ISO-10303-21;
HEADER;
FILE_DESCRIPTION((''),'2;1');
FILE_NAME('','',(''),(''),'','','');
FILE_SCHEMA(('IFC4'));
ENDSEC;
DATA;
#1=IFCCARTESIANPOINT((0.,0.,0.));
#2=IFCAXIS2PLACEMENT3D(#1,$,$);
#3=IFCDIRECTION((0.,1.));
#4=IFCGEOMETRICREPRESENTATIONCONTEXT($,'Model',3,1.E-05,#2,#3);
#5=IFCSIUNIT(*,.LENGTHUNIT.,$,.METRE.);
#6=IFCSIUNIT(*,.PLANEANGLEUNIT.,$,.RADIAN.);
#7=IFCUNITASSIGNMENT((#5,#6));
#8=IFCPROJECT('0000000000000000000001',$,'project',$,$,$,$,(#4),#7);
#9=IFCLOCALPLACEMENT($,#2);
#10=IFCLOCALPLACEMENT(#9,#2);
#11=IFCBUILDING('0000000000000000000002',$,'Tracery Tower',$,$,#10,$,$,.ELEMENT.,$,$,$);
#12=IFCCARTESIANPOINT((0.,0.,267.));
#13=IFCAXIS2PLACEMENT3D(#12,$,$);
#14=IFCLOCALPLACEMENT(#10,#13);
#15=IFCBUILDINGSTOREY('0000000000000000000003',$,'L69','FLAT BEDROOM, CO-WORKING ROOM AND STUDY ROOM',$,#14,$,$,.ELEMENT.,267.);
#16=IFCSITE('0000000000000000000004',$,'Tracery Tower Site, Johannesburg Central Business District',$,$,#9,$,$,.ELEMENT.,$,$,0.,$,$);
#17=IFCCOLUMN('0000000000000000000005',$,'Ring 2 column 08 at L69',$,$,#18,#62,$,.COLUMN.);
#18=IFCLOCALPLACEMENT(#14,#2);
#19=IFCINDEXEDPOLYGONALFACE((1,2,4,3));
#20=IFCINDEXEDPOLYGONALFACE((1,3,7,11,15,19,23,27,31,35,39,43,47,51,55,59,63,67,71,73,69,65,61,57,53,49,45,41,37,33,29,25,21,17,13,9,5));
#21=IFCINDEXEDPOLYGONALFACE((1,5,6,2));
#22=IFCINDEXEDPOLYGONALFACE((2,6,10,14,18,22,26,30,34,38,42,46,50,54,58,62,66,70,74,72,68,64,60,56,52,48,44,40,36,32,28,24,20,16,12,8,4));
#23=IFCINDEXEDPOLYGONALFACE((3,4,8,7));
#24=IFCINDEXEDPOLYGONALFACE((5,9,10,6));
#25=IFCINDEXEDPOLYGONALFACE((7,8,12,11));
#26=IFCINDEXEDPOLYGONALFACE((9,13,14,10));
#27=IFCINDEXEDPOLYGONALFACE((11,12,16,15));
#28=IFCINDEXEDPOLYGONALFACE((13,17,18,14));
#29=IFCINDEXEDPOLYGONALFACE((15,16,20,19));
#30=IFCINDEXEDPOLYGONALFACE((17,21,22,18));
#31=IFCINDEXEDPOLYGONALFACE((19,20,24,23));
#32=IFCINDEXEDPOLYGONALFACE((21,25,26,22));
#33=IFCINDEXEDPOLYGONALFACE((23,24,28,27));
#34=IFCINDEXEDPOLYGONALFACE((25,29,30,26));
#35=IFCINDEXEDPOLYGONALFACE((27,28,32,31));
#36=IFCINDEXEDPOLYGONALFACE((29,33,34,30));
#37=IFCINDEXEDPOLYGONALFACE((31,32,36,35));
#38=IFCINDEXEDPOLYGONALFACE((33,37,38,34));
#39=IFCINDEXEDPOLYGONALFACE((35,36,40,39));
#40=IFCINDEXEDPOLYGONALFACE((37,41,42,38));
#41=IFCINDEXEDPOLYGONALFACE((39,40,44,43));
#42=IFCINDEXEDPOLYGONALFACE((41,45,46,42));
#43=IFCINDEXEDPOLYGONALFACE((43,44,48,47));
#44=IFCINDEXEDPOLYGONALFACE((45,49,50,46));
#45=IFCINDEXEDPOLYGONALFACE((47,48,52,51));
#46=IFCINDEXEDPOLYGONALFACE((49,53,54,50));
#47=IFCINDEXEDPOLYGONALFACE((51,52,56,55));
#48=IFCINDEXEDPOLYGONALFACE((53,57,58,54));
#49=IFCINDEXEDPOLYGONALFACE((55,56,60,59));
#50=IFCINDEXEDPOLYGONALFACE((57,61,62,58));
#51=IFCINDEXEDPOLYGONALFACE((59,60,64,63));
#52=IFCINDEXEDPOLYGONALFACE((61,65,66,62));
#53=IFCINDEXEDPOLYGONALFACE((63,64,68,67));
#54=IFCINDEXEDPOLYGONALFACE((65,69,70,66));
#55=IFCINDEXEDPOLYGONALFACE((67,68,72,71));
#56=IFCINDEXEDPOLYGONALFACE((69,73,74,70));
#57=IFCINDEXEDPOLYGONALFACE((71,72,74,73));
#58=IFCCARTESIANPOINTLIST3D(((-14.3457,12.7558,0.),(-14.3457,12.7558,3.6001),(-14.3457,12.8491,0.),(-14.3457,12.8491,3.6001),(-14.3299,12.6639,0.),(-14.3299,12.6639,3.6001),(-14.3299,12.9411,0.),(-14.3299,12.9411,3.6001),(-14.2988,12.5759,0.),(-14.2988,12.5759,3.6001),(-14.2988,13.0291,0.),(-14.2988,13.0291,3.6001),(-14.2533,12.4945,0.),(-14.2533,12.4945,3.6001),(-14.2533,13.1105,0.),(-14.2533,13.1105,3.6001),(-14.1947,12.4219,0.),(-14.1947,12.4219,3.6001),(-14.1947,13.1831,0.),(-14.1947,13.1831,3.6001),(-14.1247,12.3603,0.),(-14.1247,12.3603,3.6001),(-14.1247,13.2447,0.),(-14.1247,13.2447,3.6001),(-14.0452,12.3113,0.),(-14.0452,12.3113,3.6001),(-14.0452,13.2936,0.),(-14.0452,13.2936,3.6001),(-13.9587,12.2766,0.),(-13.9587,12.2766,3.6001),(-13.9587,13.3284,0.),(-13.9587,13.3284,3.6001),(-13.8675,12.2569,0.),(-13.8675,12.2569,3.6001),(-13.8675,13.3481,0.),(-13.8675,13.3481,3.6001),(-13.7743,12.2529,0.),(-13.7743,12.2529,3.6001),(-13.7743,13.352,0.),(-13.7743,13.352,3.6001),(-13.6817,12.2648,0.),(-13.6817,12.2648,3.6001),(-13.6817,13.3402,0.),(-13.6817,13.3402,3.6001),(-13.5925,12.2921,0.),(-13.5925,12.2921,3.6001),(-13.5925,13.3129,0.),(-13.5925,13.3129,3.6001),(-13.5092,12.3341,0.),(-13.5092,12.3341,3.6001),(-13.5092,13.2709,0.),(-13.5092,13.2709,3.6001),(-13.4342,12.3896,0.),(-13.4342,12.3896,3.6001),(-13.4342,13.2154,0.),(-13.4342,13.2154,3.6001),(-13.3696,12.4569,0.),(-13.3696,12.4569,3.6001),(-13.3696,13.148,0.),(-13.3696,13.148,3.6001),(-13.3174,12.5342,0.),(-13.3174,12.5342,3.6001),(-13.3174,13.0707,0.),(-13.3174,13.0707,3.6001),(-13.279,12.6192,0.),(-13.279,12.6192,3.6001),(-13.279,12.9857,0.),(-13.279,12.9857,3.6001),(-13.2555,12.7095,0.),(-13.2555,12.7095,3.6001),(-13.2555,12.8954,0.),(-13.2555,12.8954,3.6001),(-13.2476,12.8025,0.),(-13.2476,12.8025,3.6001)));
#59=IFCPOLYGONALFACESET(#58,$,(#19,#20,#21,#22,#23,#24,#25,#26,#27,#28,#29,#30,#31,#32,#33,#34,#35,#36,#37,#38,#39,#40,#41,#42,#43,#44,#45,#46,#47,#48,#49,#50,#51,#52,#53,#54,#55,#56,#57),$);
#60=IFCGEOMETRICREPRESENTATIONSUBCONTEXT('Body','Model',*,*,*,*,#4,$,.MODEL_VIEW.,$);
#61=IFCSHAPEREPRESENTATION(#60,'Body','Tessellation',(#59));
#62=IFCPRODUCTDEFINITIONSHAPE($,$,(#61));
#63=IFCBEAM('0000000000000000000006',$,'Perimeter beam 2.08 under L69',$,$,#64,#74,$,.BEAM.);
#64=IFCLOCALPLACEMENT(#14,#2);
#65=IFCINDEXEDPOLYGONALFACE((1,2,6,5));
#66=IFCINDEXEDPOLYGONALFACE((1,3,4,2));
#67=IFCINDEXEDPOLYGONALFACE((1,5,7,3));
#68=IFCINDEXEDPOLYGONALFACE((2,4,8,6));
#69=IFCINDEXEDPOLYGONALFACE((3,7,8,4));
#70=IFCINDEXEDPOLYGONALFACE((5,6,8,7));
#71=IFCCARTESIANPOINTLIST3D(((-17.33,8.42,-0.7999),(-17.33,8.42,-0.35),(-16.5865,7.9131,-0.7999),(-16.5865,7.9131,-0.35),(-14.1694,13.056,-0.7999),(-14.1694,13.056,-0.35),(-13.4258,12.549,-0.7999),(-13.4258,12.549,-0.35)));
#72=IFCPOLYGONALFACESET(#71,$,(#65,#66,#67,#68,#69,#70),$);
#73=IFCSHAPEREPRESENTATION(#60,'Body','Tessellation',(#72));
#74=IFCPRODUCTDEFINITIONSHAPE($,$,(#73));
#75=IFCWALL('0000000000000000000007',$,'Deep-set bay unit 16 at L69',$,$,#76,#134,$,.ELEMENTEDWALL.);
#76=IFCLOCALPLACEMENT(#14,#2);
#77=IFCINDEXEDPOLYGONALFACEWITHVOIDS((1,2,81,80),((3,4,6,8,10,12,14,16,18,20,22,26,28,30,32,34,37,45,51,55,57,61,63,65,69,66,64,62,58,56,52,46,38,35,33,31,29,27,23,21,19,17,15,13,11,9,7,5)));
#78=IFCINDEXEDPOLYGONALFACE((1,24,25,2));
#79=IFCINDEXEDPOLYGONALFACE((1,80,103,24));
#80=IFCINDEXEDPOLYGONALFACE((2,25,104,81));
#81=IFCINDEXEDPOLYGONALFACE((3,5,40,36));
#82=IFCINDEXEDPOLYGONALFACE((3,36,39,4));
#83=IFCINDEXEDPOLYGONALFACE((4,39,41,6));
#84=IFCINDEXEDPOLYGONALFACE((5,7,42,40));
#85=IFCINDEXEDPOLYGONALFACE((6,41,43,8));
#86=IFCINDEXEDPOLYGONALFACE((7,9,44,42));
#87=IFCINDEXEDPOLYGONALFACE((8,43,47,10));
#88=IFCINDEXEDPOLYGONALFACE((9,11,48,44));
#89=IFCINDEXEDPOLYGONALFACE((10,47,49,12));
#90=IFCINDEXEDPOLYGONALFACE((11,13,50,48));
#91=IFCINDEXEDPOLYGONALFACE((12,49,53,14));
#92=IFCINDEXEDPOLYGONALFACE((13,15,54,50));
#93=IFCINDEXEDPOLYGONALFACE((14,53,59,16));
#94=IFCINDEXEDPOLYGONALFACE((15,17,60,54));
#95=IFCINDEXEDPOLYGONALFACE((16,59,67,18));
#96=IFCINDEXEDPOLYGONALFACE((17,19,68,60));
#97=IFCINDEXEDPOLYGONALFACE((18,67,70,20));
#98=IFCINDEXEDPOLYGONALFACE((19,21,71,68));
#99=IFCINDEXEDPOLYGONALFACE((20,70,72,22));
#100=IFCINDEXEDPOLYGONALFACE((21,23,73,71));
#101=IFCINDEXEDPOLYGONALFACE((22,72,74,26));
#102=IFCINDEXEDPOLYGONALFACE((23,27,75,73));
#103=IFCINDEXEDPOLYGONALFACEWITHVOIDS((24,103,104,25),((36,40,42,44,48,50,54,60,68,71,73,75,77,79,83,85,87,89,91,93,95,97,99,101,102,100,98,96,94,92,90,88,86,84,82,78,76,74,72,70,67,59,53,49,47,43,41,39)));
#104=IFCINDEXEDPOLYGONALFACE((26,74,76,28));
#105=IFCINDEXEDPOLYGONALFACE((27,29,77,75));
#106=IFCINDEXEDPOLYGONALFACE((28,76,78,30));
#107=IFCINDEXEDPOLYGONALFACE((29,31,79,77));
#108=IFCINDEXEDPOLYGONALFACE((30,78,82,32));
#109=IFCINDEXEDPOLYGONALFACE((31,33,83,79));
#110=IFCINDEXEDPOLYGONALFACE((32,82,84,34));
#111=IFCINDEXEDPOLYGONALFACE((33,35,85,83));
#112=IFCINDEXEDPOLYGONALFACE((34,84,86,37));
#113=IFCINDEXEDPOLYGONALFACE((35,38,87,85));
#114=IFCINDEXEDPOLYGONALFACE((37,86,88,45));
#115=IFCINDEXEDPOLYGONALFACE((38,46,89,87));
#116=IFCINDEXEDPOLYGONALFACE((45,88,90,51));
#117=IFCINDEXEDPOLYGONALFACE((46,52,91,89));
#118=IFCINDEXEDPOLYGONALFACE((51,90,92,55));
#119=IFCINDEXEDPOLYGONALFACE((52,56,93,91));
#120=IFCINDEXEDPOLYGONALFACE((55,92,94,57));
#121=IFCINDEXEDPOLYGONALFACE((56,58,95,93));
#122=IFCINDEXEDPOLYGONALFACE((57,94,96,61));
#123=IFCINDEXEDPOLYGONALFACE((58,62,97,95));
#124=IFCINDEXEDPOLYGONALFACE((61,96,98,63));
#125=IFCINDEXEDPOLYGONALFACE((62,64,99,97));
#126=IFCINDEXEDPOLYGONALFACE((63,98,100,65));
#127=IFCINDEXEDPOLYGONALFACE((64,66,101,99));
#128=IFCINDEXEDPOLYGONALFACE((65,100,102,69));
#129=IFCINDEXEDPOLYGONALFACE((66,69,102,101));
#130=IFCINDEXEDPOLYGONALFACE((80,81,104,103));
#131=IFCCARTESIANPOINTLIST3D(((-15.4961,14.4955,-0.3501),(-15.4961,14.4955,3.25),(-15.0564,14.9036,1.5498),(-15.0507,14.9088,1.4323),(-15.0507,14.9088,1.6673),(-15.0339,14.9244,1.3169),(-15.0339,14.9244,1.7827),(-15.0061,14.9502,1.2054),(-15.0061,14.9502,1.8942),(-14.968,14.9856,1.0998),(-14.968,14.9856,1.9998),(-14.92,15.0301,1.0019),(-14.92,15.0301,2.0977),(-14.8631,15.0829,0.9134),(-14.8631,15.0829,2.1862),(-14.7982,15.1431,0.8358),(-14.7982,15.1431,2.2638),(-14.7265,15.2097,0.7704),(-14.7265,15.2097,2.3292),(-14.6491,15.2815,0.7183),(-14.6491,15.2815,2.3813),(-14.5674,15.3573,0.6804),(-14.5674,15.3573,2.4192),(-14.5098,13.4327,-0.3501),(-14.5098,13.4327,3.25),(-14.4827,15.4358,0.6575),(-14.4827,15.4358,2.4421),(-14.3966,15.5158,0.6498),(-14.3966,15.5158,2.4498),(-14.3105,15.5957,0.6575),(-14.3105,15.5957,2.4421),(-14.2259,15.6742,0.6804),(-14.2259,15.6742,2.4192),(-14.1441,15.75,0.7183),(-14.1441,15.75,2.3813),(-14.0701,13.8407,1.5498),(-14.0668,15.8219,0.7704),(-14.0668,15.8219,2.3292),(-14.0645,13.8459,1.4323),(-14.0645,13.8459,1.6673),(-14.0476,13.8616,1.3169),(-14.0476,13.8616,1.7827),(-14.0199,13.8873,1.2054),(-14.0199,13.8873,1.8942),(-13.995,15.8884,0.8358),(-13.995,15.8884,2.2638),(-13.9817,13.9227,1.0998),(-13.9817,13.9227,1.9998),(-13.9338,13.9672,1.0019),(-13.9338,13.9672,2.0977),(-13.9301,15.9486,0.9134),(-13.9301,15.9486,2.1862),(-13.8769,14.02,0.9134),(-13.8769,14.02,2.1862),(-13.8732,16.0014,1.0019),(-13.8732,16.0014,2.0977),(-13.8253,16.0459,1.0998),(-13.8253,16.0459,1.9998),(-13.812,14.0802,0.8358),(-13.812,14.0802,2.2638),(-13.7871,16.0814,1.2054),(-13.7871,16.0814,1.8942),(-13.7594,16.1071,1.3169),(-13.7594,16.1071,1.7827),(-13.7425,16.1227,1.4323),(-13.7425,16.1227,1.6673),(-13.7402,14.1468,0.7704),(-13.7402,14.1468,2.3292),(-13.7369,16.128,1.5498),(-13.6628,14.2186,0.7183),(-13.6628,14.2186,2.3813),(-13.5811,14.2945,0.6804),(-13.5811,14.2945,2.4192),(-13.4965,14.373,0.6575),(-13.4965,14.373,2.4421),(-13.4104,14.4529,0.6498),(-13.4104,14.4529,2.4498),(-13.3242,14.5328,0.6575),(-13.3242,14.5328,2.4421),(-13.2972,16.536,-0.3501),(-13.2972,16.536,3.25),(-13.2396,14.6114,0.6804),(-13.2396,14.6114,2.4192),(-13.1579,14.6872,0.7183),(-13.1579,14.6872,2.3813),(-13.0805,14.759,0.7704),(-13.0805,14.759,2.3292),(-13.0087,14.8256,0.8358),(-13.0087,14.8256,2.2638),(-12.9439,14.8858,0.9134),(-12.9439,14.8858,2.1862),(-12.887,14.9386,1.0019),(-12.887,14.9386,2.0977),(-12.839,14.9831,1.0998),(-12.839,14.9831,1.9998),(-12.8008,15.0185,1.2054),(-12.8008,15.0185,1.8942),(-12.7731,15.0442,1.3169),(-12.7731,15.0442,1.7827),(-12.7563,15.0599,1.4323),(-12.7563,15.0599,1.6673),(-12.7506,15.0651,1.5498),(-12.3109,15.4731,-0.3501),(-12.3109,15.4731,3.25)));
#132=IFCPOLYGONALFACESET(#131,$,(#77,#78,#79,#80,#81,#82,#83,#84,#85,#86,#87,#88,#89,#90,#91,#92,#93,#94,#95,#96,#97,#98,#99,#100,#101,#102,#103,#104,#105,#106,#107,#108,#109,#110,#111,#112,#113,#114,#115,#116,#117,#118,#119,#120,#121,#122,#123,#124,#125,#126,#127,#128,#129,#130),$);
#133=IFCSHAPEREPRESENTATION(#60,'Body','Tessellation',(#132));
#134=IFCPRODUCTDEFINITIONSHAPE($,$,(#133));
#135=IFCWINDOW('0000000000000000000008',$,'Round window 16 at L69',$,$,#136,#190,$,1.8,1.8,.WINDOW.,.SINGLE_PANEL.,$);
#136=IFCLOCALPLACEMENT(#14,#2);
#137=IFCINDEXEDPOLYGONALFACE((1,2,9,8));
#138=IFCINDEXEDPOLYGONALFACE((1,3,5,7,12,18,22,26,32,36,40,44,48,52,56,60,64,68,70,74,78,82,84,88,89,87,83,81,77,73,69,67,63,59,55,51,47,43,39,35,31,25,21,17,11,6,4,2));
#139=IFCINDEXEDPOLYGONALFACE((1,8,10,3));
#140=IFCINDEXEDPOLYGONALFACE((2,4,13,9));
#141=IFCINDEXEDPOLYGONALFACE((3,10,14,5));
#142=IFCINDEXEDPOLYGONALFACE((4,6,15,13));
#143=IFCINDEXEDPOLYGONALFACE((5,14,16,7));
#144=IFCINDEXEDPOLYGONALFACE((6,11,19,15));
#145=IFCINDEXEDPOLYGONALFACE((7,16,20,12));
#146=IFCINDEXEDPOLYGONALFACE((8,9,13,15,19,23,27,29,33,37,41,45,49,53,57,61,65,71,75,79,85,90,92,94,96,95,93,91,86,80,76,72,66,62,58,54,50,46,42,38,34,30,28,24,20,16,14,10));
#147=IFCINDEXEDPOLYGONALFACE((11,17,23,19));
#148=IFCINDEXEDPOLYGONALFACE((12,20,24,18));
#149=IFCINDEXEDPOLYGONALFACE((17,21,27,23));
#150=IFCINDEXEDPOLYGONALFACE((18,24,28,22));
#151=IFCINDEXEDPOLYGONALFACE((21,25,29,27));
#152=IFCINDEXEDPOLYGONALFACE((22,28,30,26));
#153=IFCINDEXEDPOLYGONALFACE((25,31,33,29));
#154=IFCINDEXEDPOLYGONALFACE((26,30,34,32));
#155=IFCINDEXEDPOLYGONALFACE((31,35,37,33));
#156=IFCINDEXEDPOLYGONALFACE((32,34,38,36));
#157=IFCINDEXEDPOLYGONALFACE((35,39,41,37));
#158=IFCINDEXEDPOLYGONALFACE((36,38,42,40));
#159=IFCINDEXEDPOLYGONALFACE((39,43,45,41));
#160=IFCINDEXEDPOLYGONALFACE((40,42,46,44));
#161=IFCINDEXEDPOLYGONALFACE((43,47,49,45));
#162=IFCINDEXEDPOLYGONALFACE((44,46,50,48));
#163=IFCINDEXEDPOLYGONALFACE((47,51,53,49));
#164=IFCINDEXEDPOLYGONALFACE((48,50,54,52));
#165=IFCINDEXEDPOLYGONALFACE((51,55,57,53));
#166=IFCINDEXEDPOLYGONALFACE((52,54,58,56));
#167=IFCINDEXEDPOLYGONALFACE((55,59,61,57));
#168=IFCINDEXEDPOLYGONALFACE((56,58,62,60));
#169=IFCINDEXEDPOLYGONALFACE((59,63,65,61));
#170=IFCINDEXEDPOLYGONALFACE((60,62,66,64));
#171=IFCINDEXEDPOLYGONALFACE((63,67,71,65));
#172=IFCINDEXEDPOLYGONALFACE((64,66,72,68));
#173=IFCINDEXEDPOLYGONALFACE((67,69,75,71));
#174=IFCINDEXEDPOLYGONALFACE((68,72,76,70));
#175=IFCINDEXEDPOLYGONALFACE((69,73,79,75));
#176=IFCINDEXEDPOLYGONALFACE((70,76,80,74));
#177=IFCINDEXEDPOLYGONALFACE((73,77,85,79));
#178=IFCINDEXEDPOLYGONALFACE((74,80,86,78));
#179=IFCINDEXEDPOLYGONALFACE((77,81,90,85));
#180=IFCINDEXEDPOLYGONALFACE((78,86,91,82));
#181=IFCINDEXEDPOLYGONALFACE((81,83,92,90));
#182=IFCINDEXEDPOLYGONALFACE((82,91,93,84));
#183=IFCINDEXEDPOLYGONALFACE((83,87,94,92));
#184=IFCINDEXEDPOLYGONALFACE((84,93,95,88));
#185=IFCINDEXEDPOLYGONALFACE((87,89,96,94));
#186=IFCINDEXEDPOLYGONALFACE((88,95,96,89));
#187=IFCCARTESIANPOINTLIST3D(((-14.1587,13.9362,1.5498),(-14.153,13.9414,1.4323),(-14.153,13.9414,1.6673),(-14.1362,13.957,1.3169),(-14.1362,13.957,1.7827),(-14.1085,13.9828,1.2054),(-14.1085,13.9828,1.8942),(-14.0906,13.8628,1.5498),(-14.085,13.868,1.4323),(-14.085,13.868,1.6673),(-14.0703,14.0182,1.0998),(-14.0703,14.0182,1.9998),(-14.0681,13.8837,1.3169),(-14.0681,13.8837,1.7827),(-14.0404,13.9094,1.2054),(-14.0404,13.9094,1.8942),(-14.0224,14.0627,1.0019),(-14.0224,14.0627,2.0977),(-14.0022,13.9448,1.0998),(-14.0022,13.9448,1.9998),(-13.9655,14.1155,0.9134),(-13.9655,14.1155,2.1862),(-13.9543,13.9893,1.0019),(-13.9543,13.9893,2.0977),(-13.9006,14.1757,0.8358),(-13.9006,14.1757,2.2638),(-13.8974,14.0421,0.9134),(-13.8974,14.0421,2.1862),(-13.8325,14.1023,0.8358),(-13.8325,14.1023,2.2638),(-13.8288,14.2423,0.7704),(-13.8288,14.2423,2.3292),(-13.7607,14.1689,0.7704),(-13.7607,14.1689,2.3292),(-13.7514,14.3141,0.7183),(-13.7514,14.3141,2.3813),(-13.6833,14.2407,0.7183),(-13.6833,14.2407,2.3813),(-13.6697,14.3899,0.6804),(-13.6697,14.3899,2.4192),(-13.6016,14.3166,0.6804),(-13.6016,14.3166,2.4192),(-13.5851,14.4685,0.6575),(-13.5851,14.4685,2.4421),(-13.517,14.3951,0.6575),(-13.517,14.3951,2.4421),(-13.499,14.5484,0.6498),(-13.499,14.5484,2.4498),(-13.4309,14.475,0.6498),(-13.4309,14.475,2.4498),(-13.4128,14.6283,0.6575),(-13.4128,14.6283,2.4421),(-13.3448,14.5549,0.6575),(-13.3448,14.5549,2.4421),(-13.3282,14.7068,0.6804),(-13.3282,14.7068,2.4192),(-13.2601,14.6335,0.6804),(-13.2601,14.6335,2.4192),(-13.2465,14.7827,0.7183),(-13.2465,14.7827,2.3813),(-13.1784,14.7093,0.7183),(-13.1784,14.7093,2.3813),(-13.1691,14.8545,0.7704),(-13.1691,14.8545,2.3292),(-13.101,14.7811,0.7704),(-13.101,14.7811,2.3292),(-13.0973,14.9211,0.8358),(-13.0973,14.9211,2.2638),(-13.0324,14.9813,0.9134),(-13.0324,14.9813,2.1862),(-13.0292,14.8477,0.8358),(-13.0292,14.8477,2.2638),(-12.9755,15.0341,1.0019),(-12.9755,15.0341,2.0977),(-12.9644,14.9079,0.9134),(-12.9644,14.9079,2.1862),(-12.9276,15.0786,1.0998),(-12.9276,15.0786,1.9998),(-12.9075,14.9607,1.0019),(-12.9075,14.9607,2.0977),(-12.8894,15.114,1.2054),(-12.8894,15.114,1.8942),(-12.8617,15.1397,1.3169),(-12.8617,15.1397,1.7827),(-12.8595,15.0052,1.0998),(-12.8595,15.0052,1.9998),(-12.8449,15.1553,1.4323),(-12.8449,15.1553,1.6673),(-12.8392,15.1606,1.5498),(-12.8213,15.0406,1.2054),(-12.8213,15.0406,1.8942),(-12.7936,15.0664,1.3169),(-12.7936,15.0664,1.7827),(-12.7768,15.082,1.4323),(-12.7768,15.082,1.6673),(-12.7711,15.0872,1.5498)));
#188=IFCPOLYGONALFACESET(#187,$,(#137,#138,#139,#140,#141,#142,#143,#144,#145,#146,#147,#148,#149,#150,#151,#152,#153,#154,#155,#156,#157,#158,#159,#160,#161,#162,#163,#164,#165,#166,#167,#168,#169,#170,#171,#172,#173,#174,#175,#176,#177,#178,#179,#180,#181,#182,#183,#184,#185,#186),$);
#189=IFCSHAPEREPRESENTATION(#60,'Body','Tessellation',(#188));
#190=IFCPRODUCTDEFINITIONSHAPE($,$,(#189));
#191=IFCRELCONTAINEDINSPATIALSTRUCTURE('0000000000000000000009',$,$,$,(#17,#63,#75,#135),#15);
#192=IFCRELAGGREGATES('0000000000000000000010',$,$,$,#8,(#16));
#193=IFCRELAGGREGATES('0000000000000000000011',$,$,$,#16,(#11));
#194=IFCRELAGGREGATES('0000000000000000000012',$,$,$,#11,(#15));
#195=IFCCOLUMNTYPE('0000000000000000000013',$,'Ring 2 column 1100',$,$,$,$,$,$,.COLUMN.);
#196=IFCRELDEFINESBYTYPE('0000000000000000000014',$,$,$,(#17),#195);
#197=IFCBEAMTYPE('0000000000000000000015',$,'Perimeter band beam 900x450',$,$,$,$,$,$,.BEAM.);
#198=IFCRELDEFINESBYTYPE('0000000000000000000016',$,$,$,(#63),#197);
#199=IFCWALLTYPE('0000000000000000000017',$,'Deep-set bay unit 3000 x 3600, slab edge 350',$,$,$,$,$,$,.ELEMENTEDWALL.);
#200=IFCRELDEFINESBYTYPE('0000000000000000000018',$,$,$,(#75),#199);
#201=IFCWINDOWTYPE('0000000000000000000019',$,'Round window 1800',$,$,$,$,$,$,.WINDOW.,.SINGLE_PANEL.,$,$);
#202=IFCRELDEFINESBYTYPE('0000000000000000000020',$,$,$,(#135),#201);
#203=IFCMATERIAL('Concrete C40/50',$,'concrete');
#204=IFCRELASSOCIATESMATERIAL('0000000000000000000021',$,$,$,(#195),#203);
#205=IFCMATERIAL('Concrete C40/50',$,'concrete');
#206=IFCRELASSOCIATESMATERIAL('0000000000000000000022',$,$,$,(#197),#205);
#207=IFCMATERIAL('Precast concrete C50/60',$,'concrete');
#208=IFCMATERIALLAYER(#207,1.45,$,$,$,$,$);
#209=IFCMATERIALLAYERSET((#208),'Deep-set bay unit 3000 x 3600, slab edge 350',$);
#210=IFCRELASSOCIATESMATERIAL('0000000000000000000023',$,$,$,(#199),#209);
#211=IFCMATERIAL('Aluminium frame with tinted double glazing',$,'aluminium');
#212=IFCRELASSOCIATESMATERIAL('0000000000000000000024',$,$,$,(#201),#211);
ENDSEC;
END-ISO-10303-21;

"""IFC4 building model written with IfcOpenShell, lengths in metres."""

from ifc_helpers import new_model, si_unit, direction, frame, frame_2d, origin, origin_2d, place, context, subcontext, project, spatial, rectangle, circle, extrude, material, layer, layer_set, material_profile, profile_set, type_object, element, fill, save


model = new_model("IFC4")

# Units and contexts
model_context = context("Model", 3, precision=1e-05, world=origin(), true_north=direction((0.0, 1.0)))
body_context = subcontext(model_context, "Body", "Model", "MODEL_VIEW")
ifc_project = project(units=[si_unit("LENGTHUNIT", "METRE"), si_unit("PLANEANGLEUNIT", "RADIAN")], contexts=[model_context])

# Site, building, storey
site_placement = place(None, origin())
site = spatial("IfcSite", under=ifc_project, at=site_placement, Name="Tracery Tower Site, Johannesburg Central Business District", CompositionType="ELEMENT", RefElevation=0.0)
building_placement = place(site_placement, origin())
building = spatial("IfcBuilding", under=site, at=building_placement, Name="Tracery Tower", CompositionType="ELEMENT")
storey_placement = place(building_placement, frame((0.0, 0.0, 267.0)))
storey = spatial("IfcBuildingStorey", under=building, at=storey_placement, Name="L69", Description="FLAT BEDROOM, CO-WORKING ROOM AND STUDY ROOM", CompositionType="ELEMENT", Elevation=267.0)

# Column
ifc_material_1 = material(Name="Concrete C40/50", Category="concrete")
ifc_material_profile_1 = material_profile(ifc_material_1, circle(Radius=0.55, at=origin_2d()), Name="RC D1100")
ifc_profile_set_1 = profile_set([ifc_material_profile_1], Name="Concrete C40/50")
column_type = type_object("IfcColumnType", Name="Ring 2 column 1100", PredefinedType="COLUMN", material=ifc_profile_set_1)
column_placement = place(storey_placement, frame((-13.7976, 12.8025, 0.0), z_axis=(0.0, 0.0, 1.0), x_axis=(1.0, 0.0, 0.0)))
element("IfcColumn", 1, at=column_placement, inside=storey, type_object=column_type, Name="Ring 2 column 08 at L69", PredefinedType="COLUMN", context=body_context, shape_type="SweptSolid", body=[
    extrude(circle(Radius=0.55, at=origin_2d()), origin(), (0.0, 0.0, 1.0), 3.6001),
])

# Beam
ifc_material_2 = material(Name="Concrete C40/50", Category="concrete")
ifc_material_profile_2 = material_profile(ifc_material_2, rectangle(XDim=0.8999, YDim=0.45, at=origin_2d()), Name="RC 900x450")
ifc_profile_set_2 = profile_set([ifc_material_profile_2], Name="Concrete C40/50")
beam_type = type_object("IfcBeamType", Name="Perimeter band beam 900x450", PredefinedType="BEAM", material=ifc_profile_set_2)
beam_placement = place(storey_placement, frame((-13.7976, 12.8025, -0.575), z_axis=(-0.563306, -0.826249, 0.0), x_axis=(0.826249, -0.563306, 0.0)))
element("IfcBeam", 2, at=beam_placement, inside=storey, type_object=beam_type, Name="Perimeter beam 2.08 under L69", PredefinedType="BEAM", context=body_context, shape_type="SweptSolid", body=[
    extrude(rectangle(XDim=0.8999, YDim=0.45, at=origin_2d()), origin(), (0.0, 0.0, 1.0), 5.6108),
])

# Wall, opening, window
ifc_material_3 = material(Name="Precast concrete C50/60", Category="concrete")
ifc_layer_1 = layer(ifc_material_3, 1.45)
ifc_layer_set_1 = layer_set([ifc_layer_1], Name="Deep-set bay unit 3000 x 3600, slab edge 350")
wall_type_1 = type_object("IfcWallType", Name="Deep-set bay unit 3000 x 3600, slab edge 350", PredefinedType="ELEMENTEDWALL", material=ifc_layer_set_1)
wall_1_placement = place(storey_placement, frame((-12.804, 16.0046, -0.3501), z_axis=(0.0, 0.0, 1.0), x_axis=(-0.733022, -0.680204, 0.0)))
wall_1 = element("IfcWall", 3, at=wall_1_placement, inside=storey, type_object=wall_type_1, Name="Deep-set bay unit 16 at L69", PredefinedType="ELEMENTEDWALL", context=body_context, shape_type="SweptSolid", body=[
    extrude(rectangle(XDim=2.9998, YDim=1.45, at=frame_2d((1.5, 0.0))), origin(), (0.0, 0.0, 1.0), 3.6001),
])
opening_1_placement = place(wall_1_placement, frame((1.5, 0.0, 1.8999)))
opening_1 = element("IfcOpeningElement", 4, at=opening_1_placement, cuts=wall_1, PredefinedType="OPENING", context=body_context, shape_type="SweptSolid", body=[
    extrude(circle(Radius=0.9, at=origin_2d()), frame((0.0, 0.7349, 0.0), z_axis=(0.0, -1.0, 0.0), x_axis=(1.0, 0.0, 0.0)), (0.0, 0.0, 1.0), 1.47),
])
ifc_material_4 = material(Name="Aluminium frame with tinted double glazing", Category="aluminium")
window_type = type_object("IfcWindowType", Name="Round window 1800", PartitioningType="SINGLE_PANEL", PredefinedType="WINDOW", material=ifc_material_4)
window_1_placement = place(opening_1_placement, origin())
window_1 = element("IfcWindow", 5, at=window_1_placement, inside=storey, type_object=window_type, Name="Round window 16 at L69", OverallHeight=1.8, OverallWidth=1.8, PartitioningType="SINGLE_PANEL", PredefinedType="WINDOW", context=body_context, shape_type="SweptSolid", body=[
    extrude(circle(Radius=0.9, at=origin_2d()), frame((0.0, 0.6948, 0.0), z_axis=(0.0, -1.0, 0.0), x_axis=(1.0, 0.0, 0.0)), (0.0, 0.0, 1.0), 0.1001),
])
fill(opening_1, window_1)

save(model, "model.ifc")
